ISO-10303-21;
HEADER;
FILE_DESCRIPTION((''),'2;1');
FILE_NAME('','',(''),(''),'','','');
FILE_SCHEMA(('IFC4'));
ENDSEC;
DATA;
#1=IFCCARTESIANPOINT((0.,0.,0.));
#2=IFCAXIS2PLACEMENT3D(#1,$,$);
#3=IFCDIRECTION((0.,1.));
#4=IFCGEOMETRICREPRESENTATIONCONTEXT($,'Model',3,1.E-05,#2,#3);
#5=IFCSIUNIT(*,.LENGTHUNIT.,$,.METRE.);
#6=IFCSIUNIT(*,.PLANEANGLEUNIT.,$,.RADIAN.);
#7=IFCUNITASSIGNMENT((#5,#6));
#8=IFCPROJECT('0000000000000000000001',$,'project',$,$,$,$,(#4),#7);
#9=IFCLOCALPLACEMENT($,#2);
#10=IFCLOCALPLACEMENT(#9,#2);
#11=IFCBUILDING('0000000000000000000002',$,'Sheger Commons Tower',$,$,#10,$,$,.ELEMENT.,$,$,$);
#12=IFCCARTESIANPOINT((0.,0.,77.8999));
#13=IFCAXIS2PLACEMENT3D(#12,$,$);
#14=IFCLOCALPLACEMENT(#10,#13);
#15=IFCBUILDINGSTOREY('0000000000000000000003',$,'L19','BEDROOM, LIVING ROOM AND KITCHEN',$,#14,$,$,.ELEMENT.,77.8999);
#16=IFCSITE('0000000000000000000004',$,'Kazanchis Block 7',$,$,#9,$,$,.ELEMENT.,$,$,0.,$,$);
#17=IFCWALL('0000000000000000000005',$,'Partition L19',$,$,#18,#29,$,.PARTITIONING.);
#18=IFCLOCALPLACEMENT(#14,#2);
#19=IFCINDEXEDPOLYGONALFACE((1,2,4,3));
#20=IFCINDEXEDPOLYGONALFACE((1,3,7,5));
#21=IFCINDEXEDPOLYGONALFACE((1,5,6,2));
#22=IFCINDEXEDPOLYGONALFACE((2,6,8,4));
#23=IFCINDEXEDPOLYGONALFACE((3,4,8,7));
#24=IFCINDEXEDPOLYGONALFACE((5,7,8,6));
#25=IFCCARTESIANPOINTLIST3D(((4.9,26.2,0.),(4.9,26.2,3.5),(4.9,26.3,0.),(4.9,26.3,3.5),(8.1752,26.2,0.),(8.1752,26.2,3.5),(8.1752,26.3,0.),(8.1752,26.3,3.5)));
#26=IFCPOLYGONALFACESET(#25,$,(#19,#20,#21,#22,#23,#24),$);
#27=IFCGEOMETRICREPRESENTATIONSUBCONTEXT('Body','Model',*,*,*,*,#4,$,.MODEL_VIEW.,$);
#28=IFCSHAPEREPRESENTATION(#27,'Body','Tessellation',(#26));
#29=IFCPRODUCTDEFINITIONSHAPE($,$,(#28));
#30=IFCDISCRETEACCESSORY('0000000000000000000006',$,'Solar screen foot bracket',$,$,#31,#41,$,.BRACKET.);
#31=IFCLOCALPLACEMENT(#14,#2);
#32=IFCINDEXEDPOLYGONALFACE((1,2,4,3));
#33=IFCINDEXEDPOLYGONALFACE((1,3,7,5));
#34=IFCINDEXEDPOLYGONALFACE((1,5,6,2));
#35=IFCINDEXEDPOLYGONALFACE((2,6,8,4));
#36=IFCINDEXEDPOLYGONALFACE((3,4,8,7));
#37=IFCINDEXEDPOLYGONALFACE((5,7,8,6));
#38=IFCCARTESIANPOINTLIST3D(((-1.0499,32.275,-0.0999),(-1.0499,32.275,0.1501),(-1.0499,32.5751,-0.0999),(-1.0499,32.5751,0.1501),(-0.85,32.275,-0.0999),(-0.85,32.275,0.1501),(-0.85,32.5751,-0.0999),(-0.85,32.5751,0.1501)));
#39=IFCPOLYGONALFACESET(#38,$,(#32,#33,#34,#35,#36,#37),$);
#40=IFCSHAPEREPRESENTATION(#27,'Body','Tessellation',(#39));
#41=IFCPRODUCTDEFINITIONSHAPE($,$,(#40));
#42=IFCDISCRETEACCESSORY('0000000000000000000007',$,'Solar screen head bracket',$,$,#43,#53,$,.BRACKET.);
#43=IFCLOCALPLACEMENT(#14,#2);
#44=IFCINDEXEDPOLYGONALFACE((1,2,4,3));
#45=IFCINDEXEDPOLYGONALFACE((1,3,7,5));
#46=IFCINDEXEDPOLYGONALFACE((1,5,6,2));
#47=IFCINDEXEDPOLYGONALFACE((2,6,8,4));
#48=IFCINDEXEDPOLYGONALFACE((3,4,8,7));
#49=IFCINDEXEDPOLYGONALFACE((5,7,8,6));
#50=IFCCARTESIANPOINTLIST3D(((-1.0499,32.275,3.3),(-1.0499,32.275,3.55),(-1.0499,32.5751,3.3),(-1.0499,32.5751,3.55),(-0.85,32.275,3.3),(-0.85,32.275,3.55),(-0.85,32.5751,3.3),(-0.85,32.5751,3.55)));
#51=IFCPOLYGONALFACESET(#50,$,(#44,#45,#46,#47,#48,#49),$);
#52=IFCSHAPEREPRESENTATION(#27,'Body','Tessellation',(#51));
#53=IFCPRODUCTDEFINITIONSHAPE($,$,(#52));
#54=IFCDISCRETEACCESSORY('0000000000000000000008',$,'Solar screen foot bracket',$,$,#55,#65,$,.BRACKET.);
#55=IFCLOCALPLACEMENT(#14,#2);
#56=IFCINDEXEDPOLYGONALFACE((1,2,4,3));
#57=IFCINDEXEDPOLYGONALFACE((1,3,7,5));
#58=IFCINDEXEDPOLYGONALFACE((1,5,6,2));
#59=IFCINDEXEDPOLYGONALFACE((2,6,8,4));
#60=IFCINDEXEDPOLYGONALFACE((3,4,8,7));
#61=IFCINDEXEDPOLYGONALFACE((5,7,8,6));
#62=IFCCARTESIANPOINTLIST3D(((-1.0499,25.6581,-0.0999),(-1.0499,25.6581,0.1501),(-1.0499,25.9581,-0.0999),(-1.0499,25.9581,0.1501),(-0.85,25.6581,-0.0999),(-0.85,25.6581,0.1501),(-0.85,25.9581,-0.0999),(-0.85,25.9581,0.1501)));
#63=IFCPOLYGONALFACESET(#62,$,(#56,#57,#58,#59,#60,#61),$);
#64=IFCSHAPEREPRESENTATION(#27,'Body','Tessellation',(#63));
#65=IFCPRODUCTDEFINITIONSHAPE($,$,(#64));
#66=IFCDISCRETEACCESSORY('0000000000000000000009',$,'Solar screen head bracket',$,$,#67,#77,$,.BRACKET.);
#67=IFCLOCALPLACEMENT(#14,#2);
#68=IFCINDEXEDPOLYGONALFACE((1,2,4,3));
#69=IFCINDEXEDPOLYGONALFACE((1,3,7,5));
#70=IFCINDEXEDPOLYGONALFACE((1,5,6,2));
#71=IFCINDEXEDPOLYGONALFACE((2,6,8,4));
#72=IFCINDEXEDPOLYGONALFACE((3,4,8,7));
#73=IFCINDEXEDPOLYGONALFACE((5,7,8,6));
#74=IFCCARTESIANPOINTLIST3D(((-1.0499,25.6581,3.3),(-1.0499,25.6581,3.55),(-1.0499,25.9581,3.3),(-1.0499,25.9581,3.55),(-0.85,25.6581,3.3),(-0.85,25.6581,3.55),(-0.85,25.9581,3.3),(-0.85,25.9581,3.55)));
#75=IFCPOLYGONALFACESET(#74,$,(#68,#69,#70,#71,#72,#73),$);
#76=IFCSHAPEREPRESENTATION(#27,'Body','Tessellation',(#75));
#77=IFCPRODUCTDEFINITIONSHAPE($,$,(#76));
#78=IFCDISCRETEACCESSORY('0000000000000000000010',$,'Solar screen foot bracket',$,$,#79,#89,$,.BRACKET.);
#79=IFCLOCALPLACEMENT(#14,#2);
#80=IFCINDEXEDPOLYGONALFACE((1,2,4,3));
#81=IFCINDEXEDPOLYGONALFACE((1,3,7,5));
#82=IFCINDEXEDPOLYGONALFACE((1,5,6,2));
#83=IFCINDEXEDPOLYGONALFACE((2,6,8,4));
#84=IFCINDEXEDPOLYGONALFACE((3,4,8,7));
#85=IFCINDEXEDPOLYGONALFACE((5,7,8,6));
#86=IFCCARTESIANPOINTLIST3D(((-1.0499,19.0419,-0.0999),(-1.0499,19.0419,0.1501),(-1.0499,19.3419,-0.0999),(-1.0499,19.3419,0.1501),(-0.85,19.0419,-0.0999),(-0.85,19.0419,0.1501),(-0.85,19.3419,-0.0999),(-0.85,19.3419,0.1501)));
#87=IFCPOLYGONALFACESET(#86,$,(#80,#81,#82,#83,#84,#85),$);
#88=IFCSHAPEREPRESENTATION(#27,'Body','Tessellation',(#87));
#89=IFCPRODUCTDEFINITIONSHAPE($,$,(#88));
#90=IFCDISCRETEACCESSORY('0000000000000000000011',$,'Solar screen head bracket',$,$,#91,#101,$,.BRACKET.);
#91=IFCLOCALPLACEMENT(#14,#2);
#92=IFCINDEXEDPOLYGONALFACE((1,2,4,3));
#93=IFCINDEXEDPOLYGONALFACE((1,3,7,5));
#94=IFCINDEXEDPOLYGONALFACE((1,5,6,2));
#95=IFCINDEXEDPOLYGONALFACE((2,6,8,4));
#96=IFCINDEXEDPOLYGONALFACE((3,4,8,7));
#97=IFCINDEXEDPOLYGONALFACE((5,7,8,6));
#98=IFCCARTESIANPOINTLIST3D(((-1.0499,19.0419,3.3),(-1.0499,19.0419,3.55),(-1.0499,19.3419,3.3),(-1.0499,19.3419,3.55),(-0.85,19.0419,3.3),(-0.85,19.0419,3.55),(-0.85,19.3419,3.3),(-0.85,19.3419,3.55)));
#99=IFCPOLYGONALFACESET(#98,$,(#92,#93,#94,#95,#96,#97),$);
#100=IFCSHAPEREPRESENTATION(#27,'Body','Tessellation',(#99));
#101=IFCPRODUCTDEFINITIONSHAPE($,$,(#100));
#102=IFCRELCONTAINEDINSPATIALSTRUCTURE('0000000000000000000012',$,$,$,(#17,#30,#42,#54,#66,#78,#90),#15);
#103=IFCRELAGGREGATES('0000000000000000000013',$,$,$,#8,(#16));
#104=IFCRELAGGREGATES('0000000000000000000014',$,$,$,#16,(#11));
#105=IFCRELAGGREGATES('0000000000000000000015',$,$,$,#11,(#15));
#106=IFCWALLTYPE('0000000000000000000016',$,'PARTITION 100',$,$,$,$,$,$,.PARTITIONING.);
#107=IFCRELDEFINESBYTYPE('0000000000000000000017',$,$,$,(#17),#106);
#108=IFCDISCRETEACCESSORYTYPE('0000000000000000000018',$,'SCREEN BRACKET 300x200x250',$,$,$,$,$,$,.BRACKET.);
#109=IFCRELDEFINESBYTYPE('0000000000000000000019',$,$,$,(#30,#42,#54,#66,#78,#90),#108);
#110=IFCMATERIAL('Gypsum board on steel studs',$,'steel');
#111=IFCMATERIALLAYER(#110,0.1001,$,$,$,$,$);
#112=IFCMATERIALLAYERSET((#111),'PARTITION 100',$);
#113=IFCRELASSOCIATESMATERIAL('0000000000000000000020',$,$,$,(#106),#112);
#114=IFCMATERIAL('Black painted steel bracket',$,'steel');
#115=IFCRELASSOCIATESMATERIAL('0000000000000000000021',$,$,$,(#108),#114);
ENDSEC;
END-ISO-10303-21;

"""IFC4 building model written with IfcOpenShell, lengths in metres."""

from ifc_helpers import new_model, si_unit, direction, frame, frame_2d, origin, origin_2d, place, context, subcontext, project, spatial, rectangle, extrude, material, layer, layer_set, type_object, element, save


model = new_model("IFC4")

# Units and contexts
model_context = context("Model", 3, precision=1e-05, world=origin(), true_north=direction((0.0, 1.0)))
body_context = subcontext(model_context, "Body", "Model", "MODEL_VIEW")
ifc_project = project(units=[si_unit("LENGTHUNIT", "METRE"), si_unit("PLANEANGLEUNIT", "RADIAN")], contexts=[model_context])

# Site, building, storey
site_placement = place(None, origin())
site = spatial("IfcSite", under=ifc_project, at=site_placement, Name="Kazanchis Block 7", CompositionType="ELEMENT", RefElevation=0.0)
building_placement = place(site_placement, origin())
building = spatial("IfcBuilding", under=site, at=building_placement, Name="Sheger Commons Tower", CompositionType="ELEMENT")
storey_placement = place(building_placement, frame((0.0, 0.0, 77.8999)))
storey = spatial("IfcBuildingStorey", under=building, at=storey_placement, Name="L19", Description="BEDROOM, LIVING ROOM AND KITCHEN", CompositionType="ELEMENT", Elevation=77.8999)

# Shared definitions
ifc_material_1 = material(Name="Gypsum board on steel studs", Category="steel")
ifc_layer_1 = layer(ifc_material_1, 0.1001)
ifc_layer_set_1 = layer_set([ifc_layer_1], Name="PARTITION 100")
wall_type_1 = type_object("IfcWallType", Name="PARTITION 100", PredefinedType="PARTITIONING", material=ifc_layer_set_1)

# Wall
wall_1_placement = place(storey_placement, frame((4.8999, 26.25, 0.0), z_axis=(0.0, 0.0, 1.0), x_axis=(1.0, 0.0, 0.0)))
element("IfcWall", 1, at=wall_1_placement, inside=storey, type_object=wall_type_1, Name="Partition L19", PredefinedType="PARTITIONING", context=body_context, shape_type="SweptSolid", body=[
    extrude(rectangle(XDim=3.2751, YDim=0.1001, at=frame_2d((1.6377, 0.0))), origin(), (0.0, 0.0, 1.0), 3.5),
])

# Discrete accessories
ifc_material_2 = material(Name="Black painted steel bracket", Category="steel")
discrete_accessory_type = type_object("IfcDiscreteAccessoryType", Name="SCREEN BRACKET 300x200x250", PredefinedType="BRACKET", material=ifc_material_2)
for number, where, z_axis, x_axis, name in (
    (2, (-0.95, 32.425, -0.0999), (0.0, 0.0, 1.0), (0.0, -1.0, 0.0), "Solar screen foot bracket"),
    (3, (-0.95, 32.425, 3.3), (0.0, 0.0, 1.0), (0.0, -1.0, 0.0), "Solar screen head bracket"),
    (4, (-0.95, 25.8081, -0.0999), (0.0, 0.0, 1.0), (0.0, -1.0, 0.0), "Solar screen foot bracket"),
    (5, (-0.95, 25.8081, 3.3), (0.0, 0.0, 1.0), (0.0, -1.0, 0.0), "Solar screen head bracket"),
    (6, (-0.95, 19.1919, -0.0999), (0.0, 0.0, 1.0), (0.0, -1.0, 0.0), "Solar screen foot bracket"),
    (7, (-0.95, 19.1919, 3.3), (0.0, 0.0, 1.0), (0.0, -1.0, 0.0), "Solar screen head bracket"),
):
    element("IfcDiscreteAccessory", number, at=place(storey_placement, frame(where, z_axis=z_axis, x_axis=x_axis)), inside=storey, type_object=discrete_accessory_type, Name=name, PredefinedType="BRACKET", context=body_context, shape_type="SweptSolid", body=[
        extrude(rectangle(XDim=0.3, YDim=0.2, at=origin_2d()), origin(), (0.0, 0.0, 1.0), 0.25),
    ])

save(model, "model.ifc")
